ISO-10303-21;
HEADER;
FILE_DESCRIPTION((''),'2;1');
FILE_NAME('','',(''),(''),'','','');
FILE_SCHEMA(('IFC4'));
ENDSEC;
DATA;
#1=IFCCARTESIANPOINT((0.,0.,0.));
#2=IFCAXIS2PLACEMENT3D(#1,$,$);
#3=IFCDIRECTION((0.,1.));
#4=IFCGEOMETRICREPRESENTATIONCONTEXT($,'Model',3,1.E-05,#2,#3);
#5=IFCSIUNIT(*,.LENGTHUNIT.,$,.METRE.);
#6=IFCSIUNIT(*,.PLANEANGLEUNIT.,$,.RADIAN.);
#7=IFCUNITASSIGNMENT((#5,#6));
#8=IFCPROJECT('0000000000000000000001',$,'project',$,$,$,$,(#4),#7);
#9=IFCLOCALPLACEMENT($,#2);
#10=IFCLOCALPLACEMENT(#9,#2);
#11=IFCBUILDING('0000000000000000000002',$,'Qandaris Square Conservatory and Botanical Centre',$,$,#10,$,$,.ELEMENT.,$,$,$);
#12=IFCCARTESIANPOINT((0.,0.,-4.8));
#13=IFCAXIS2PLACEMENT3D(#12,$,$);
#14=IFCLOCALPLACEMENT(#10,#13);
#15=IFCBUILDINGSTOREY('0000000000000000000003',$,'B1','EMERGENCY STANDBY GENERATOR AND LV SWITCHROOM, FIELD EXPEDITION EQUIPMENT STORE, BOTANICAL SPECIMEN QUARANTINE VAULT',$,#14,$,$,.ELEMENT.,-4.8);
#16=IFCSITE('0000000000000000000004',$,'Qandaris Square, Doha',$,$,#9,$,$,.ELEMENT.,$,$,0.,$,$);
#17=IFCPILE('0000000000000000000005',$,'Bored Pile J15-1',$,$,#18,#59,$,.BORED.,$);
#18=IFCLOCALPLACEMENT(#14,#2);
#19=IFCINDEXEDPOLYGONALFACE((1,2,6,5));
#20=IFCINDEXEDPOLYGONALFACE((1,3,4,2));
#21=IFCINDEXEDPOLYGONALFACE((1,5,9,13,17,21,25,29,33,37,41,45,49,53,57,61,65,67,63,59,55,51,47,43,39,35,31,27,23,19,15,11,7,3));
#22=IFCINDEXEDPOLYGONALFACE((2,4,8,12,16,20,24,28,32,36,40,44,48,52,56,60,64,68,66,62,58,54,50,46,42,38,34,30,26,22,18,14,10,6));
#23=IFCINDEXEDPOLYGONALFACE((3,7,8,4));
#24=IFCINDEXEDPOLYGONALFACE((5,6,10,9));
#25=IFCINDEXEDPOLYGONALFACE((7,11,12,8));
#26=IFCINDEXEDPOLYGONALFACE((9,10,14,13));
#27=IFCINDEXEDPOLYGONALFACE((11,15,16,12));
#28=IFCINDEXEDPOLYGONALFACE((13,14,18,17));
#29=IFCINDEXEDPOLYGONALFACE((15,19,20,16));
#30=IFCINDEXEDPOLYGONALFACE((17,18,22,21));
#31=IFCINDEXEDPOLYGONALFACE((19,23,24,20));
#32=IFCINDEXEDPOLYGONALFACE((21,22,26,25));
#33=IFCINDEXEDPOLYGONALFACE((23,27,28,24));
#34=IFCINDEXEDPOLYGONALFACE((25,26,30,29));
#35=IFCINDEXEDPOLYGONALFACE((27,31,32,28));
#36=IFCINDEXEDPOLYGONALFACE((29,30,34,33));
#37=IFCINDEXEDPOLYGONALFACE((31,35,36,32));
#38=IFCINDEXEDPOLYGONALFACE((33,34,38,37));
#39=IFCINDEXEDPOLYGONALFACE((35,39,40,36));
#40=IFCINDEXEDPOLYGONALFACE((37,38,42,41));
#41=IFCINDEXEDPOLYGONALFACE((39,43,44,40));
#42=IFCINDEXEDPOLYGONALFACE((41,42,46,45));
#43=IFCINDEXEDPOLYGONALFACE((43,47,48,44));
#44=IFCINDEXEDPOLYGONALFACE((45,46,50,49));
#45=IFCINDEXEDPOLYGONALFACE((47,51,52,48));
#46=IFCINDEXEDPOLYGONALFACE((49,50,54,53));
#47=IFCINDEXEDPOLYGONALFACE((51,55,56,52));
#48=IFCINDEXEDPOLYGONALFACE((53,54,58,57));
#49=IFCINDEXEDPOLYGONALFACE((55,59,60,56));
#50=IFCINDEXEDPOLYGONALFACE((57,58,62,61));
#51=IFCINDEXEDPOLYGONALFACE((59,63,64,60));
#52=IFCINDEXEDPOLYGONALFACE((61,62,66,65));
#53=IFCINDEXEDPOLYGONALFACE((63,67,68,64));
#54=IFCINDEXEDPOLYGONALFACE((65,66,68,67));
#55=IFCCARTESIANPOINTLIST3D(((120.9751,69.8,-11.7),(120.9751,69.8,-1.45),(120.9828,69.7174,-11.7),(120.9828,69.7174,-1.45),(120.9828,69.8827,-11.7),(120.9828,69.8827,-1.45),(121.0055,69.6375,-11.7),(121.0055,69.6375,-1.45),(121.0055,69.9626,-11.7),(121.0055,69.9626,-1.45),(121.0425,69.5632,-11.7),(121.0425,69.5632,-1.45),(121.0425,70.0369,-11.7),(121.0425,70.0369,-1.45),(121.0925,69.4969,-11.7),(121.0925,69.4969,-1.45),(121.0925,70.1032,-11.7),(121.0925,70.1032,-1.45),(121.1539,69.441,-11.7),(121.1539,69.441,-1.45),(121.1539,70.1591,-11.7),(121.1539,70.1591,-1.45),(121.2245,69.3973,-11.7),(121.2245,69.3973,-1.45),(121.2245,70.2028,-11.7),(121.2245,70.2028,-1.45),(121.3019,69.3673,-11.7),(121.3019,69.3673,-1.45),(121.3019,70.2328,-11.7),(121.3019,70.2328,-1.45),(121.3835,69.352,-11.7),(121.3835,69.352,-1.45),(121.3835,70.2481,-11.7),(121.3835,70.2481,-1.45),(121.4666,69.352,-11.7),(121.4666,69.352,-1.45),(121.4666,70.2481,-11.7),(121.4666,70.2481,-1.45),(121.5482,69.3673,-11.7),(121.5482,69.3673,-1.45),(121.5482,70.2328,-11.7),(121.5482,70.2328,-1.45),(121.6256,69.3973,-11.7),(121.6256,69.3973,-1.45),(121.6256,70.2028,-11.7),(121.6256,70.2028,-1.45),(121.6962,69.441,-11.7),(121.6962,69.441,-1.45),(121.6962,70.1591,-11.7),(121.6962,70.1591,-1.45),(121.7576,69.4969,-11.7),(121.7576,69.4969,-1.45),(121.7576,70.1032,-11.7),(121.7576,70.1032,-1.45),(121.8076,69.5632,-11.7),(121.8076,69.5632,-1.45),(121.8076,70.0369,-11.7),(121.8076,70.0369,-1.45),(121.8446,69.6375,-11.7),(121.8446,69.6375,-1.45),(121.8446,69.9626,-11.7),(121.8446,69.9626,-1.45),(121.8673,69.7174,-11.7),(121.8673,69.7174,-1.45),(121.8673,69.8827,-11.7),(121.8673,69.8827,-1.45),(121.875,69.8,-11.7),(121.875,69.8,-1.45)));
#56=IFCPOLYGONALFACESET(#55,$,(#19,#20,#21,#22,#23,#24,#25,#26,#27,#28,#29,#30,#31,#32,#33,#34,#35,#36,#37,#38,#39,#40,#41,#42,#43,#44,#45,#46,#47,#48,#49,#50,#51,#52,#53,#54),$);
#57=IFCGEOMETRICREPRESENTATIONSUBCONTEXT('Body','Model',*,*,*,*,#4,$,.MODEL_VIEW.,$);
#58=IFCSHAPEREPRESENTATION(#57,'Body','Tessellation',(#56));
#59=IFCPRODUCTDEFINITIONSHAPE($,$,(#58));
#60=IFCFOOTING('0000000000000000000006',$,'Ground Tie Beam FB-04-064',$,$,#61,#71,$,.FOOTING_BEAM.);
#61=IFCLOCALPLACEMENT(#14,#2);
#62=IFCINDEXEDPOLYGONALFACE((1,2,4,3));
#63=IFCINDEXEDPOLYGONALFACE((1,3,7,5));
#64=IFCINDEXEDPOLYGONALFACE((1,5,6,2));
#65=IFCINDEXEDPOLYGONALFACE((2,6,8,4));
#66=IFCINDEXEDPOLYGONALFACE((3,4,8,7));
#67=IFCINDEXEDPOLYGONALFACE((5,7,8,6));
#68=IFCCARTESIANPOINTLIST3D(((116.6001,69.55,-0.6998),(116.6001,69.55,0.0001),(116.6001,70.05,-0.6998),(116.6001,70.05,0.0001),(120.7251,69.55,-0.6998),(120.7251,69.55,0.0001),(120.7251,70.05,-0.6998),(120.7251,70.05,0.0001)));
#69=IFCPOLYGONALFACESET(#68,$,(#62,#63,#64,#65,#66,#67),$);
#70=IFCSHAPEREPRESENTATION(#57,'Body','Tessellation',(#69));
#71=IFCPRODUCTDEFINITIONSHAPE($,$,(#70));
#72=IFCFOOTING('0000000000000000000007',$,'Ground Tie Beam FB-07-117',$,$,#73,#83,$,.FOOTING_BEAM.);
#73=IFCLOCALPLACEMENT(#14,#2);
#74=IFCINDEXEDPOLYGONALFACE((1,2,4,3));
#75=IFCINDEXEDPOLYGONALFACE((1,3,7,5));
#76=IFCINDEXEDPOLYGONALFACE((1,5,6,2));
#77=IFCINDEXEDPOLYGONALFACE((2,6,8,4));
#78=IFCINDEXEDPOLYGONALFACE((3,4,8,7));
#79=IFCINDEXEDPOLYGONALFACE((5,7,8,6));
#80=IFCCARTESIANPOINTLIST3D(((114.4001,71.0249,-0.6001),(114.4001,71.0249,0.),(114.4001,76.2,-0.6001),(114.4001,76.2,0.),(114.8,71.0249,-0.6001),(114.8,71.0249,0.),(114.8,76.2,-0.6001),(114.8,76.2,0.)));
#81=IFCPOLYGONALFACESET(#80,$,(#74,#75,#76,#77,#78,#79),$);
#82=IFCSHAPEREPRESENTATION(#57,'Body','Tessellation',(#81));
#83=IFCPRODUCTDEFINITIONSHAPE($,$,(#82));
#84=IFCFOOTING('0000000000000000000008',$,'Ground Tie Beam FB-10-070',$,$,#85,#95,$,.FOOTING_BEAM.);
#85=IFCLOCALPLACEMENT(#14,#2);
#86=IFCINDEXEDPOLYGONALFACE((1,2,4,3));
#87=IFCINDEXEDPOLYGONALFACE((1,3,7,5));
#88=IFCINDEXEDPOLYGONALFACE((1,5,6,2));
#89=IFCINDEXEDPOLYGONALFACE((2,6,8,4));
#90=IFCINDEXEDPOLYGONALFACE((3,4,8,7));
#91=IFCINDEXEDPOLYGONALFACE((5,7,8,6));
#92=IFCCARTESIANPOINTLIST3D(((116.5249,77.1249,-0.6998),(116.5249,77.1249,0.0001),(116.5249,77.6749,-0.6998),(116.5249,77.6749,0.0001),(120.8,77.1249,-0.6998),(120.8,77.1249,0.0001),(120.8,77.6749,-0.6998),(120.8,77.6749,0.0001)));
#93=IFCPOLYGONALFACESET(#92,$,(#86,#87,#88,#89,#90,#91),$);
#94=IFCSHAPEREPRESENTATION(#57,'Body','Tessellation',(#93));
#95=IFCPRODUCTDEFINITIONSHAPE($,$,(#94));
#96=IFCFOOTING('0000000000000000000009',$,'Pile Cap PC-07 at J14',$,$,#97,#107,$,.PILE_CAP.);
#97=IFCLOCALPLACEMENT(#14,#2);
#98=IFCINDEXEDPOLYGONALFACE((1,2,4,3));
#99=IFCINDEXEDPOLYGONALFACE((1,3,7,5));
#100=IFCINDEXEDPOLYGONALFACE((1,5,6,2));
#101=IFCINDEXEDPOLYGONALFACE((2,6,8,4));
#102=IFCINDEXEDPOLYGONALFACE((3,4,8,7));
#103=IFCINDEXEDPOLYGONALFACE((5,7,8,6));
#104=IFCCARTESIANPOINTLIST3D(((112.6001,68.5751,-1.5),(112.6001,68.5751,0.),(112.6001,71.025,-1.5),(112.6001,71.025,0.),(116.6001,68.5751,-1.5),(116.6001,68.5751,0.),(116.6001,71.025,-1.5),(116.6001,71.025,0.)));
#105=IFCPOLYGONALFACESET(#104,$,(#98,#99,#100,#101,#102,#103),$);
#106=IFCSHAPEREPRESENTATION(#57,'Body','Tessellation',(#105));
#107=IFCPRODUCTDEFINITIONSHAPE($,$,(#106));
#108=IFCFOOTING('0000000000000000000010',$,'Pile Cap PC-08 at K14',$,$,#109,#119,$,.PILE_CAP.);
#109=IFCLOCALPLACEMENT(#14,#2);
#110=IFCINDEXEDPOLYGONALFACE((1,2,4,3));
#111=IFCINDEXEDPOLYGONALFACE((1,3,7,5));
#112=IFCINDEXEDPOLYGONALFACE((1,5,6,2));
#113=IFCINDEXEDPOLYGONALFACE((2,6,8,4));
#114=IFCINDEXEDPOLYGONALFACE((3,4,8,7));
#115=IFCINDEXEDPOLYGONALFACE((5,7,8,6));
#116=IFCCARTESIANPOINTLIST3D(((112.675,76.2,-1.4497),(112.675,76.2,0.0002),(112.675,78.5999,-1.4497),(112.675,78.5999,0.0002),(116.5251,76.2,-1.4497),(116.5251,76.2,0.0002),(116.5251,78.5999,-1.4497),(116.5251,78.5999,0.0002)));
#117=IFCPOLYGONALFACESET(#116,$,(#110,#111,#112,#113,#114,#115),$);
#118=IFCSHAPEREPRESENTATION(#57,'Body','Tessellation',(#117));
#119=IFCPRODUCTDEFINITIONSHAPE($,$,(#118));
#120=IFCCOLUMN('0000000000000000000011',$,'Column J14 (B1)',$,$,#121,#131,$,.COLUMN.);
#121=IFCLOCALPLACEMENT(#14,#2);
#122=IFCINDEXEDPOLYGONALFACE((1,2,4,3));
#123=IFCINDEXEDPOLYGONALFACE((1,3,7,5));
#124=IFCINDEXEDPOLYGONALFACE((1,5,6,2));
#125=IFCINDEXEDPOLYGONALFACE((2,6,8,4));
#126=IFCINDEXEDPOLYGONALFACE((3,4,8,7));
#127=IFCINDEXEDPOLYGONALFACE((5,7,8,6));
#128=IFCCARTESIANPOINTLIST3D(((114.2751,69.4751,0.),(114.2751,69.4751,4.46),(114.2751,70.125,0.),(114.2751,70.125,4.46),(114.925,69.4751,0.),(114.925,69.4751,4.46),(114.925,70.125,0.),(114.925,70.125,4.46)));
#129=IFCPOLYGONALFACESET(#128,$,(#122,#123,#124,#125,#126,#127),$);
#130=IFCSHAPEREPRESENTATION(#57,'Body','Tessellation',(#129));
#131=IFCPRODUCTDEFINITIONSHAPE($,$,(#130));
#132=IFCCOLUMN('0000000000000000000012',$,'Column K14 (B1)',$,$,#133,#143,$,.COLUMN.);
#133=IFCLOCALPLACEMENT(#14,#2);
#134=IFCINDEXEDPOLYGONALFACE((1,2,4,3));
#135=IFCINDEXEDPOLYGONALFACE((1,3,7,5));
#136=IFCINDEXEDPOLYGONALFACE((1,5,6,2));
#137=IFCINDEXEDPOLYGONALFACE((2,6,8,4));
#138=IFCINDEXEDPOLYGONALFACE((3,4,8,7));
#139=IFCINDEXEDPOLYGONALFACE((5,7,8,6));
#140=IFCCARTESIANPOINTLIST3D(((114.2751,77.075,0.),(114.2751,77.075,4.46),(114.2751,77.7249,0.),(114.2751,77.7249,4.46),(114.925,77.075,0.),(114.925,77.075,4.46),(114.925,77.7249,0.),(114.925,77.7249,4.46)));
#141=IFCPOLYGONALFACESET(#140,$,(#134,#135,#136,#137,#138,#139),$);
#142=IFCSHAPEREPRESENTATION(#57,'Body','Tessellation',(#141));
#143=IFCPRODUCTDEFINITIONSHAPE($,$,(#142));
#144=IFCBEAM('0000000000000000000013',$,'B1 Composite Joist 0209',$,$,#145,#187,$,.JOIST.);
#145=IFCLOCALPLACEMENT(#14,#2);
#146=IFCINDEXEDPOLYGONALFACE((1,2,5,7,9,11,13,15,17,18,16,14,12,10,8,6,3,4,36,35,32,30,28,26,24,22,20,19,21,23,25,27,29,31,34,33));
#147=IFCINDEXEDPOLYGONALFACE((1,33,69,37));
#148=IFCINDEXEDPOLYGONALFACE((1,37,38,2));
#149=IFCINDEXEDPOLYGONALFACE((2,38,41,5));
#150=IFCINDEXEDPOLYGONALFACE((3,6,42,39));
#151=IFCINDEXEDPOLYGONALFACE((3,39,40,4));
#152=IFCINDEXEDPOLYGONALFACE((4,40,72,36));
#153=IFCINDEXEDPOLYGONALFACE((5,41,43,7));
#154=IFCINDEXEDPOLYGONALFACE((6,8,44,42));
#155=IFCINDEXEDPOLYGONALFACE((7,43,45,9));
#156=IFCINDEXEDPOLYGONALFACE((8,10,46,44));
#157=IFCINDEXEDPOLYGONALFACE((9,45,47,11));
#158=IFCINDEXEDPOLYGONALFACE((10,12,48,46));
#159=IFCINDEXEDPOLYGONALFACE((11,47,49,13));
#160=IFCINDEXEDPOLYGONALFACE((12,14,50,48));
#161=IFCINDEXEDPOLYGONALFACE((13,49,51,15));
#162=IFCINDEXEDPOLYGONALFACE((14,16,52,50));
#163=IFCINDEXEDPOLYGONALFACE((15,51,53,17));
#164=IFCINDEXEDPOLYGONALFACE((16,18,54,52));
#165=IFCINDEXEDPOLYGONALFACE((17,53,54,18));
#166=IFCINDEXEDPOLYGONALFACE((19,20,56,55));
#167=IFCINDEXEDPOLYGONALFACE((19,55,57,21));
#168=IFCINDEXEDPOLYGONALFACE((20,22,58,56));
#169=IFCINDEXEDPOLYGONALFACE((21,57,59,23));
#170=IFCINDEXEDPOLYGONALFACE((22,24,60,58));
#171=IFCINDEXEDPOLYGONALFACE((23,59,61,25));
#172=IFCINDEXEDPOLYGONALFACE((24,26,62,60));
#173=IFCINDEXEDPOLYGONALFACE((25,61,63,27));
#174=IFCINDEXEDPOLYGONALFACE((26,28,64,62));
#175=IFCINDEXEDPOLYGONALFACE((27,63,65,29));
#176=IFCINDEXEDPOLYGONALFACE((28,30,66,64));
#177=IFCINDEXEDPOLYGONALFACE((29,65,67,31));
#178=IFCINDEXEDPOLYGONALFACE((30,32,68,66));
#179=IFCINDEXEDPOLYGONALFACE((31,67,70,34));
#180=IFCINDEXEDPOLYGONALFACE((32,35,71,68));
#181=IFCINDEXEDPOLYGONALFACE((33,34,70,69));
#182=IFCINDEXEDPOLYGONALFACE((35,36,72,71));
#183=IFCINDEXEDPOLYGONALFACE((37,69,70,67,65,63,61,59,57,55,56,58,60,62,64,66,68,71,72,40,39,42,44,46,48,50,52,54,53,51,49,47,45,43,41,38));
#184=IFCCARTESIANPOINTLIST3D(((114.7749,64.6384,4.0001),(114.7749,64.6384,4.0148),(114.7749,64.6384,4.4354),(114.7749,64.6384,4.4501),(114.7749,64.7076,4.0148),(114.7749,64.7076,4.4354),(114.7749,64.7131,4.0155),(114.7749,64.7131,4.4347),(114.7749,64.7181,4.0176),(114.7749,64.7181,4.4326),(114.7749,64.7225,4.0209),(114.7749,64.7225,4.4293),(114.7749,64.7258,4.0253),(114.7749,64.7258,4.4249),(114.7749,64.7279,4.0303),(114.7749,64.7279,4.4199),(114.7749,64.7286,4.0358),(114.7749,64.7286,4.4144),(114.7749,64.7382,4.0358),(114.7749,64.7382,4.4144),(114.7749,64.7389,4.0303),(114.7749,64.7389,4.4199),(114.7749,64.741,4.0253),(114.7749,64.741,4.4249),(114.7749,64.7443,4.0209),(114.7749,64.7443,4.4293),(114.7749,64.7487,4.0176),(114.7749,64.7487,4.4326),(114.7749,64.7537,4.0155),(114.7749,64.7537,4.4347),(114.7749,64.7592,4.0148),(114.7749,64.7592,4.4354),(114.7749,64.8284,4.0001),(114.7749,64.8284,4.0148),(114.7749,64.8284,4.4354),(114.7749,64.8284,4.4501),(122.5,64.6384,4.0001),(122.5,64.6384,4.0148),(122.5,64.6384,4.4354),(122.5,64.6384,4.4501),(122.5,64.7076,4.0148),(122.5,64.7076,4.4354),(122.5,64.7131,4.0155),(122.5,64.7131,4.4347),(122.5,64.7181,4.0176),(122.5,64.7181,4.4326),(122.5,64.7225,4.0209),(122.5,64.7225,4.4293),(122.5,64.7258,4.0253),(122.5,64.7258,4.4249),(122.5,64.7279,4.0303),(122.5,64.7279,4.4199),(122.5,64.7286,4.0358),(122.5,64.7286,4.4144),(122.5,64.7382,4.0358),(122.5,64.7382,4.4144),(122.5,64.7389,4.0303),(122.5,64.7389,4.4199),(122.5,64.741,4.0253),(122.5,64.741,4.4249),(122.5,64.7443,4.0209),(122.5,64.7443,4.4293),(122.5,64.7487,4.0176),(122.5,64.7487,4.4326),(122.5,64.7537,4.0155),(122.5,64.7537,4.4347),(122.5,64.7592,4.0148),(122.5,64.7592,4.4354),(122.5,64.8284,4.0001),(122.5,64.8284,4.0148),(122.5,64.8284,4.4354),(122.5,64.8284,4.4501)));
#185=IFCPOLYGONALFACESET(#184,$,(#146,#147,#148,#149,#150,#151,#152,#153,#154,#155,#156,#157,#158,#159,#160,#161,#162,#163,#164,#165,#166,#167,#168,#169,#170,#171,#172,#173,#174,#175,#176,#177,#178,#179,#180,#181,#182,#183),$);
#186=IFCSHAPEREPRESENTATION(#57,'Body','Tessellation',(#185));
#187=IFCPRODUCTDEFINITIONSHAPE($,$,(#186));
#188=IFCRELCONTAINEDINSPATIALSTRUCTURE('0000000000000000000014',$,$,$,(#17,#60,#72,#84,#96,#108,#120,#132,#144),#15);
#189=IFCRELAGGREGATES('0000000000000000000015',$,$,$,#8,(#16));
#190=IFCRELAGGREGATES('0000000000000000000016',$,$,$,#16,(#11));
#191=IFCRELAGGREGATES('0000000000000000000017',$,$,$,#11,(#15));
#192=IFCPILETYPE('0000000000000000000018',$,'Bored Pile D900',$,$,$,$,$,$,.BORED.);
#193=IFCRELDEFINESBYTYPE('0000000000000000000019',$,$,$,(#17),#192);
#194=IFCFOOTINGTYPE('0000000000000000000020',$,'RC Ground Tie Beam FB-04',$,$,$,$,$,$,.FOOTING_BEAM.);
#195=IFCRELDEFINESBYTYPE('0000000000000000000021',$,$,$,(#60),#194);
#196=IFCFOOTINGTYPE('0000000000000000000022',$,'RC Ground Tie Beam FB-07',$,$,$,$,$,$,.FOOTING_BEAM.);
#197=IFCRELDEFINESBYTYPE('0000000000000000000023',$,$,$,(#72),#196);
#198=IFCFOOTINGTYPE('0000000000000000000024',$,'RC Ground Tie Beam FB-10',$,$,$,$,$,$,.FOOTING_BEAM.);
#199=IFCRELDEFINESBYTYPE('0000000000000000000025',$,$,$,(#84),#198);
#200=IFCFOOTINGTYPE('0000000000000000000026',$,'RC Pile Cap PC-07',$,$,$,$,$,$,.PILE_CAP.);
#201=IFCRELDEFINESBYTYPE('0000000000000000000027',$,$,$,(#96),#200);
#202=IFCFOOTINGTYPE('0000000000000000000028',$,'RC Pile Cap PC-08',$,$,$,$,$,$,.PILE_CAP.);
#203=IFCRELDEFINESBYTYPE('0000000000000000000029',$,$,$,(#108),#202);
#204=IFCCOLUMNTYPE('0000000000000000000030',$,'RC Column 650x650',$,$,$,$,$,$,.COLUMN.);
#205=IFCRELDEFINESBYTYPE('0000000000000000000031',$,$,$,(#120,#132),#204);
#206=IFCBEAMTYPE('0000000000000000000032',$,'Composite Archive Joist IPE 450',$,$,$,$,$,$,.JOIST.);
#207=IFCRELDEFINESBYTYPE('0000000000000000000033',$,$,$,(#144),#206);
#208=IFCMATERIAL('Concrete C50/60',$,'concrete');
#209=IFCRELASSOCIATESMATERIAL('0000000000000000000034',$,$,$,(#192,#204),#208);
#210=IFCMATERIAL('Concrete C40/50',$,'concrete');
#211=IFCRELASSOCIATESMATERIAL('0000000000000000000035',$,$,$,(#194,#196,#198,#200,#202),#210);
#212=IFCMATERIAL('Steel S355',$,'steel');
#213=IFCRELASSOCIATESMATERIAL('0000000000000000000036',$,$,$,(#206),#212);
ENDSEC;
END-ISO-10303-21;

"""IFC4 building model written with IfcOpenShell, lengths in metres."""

from ifc_helpers import new_model, si_unit, direction, frame, origin, origin_2d, place, context, subcontext, project, spatial, rectangle, circle, i_section, extrude, material, material_profile, profile_set, type_object, element, save


model = new_model("IFC4")

# Units and contexts
model_context = context("Model", 3, precision=1e-05, world=origin(), true_north=direction((0.0, 1.0)))
body_context = subcontext(model_context, "Body", "Model", "MODEL_VIEW")
ifc_project = project(units=[si_unit("LENGTHUNIT", "METRE"), si_unit("PLANEANGLEUNIT", "RADIAN")], contexts=[model_context])

# Site, building, storey
site_placement = place(None, origin())
site = spatial("IfcSite", under=ifc_project, at=site_placement, Name="Qandaris Square, Doha", CompositionType="ELEMENT", RefElevation=0.0)
building_placement = place(site_placement, origin())
building = spatial("IfcBuilding", under=site, at=building_placement, Name="Qandaris Square Conservatory and Botanical Centre", CompositionType="ELEMENT")
storey_placement = place(building_placement, frame((0.0, 0.0, -4.8)))
storey = spatial("IfcBuildingStorey", under=building, at=storey_placement, Name="B1", Description="EMERGENCY STANDBY GENERATOR AND LV SWITCHROOM, FIELD EXPEDITION EQUIPMENT STORE, BOTANICAL SPECIMEN QUARANTINE VAULT", CompositionType="ELEMENT", Elevation=-4.8)

# Pile
ifc_material_1 = material(Name="Concrete C50/60", Category="concrete")
ifc_material_profile_1 = material_profile(ifc_material_1, circle(Radius=0.45, at=origin_2d()), Name="PILE D900")
ifc_profile_set_1 = profile_set([ifc_material_profile_1], Name="Concrete C50/60")
pile_type = type_object("IfcPileType", Name="Bored Pile D900", PredefinedType="BORED", material=ifc_profile_set_1)
pile_placement = place(storey_placement, frame((121.425, 69.8, -1.45), z_axis=(0.0, 0.0, -1.0), x_axis=(1.0, 0.0, 0.0)))
element("IfcPile", 1, at=pile_placement, inside=storey, type_object=pile_type, Name="Bored Pile J15-1", PredefinedType="BORED", context=body_context, shape_type="SweptSolid", body=[
    extrude(circle(Radius=0.45, at=origin_2d()), origin(), (0.0, 0.0, 1.0), 10.25),
])

# Footings
ifc_material_2 = material(Name="Concrete C40/50", Category="concrete")
ifc_material_profile_2 = material_profile(ifc_material_2, rectangle(XDim=0.5, YDim=0.7, at=origin_2d()), Name="FB 500x700")
ifc_profile_set_2 = profile_set([ifc_material_profile_2], Name="Concrete C40/50")
footing_type_1 = type_object("IfcFootingType", Name="RC Ground Tie Beam FB-04", PredefinedType="FOOTING_BEAM", material=ifc_profile_set_2)
footing_1_placement = place(storey_placement, frame((116.6001, 69.8, -0.3499), z_axis=(1.0, 0.0, 0.0), x_axis=(0.0, 1.0, 0.0)))
element("IfcFooting", 2, at=footing_1_placement, inside=storey, type_object=footing_type_1, Name="Ground Tie Beam FB-04-064", PredefinedType="FOOTING_BEAM", context=body_context, shape_type="SweptSolid", body=[
    extrude(rectangle(XDim=0.5, YDim=0.7, at=origin_2d()), origin(), (0.0, 0.0, 1.0), 4.125),
])
ifc_material_profile_3 = material_profile(ifc_material_2, rectangle(XDim=0.3999, YDim=0.6001, at=origin_2d()), Name="FB 400x600")
ifc_profile_set_3 = profile_set([ifc_material_profile_3], Name="Concrete C40/50")
footing_type_2 = type_object("IfcFootingType", Name="RC Ground Tie Beam FB-07", PredefinedType="FOOTING_BEAM", material=ifc_profile_set_3)
footing_2_placement = place(storey_placement, frame((114.6001, 71.0249, -0.3), z_axis=(0.0, 1.0, 0.0), x_axis=(-1.0, 0.0, 0.0)))
element("IfcFooting", 3, at=footing_2_placement, inside=storey, type_object=footing_type_2, Name="Ground Tie Beam FB-07-117", PredefinedType="FOOTING_BEAM", context=body_context, shape_type="SweptSolid", body=[
    extrude(rectangle(XDim=0.3999, YDim=0.6001, at=origin_2d()), origin(), (0.0, 0.0, 1.0), 5.175),
])
ifc_material_profile_4 = material_profile(ifc_material_2, rectangle(XDim=0.55, YDim=0.7, at=origin_2d()), Name="FB 550x700")
ifc_profile_set_4 = profile_set([ifc_material_profile_4], Name="Concrete C40/50")
footing_type_3 = type_object("IfcFootingType", Name="RC Ground Tie Beam FB-10", PredefinedType="FOOTING_BEAM", material=ifc_profile_set_4)
footing_3_placement = place(storey_placement, frame((116.5249, 77.3999, -0.3499), z_axis=(1.0, 0.0, 0.0), x_axis=(0.0, 1.0, 0.0)))
element("IfcFooting", 4, at=footing_3_placement, inside=storey, type_object=footing_type_3, Name="Ground Tie Beam FB-10-070", PredefinedType="FOOTING_BEAM", context=body_context, shape_type="SweptSolid", body=[
    extrude(rectangle(XDim=0.55, YDim=0.7, at=origin_2d()), origin(), (0.0, 0.0, 1.0), 4.2751),
])
footing_type_4 = type_object("IfcFootingType", Name="RC Pile Cap PC-07", PredefinedType="PILE_CAP", material=ifc_material_2)
footing_4_placement = place(storey_placement, frame((114.6001, 69.8, -1.5), z_axis=(0.0, 0.0, 1.0), x_axis=(1.0, 0.0, 0.0)))
element("IfcFooting", 5, at=footing_4_placement, inside=storey, type_object=footing_type_4, Name="Pile Cap PC-07 at J14", PredefinedType="PILE_CAP", context=body_context, shape_type="SweptSolid", body=[
    extrude(rectangle(XDim=4.0, YDim=2.45, at=origin_2d()), origin(), (0.0, 0.0, 1.0), 1.5),
])
footing_type_5 = type_object("IfcFootingType", Name="RC Pile Cap PC-08", PredefinedType="PILE_CAP", material=ifc_material_2)
footing_5_placement = place(storey_placement, frame((114.6001, 77.3999, -1.4497), z_axis=(0.0, 0.0, 1.0), x_axis=(1.0, 0.0, 0.0)))
element("IfcFooting", 6, at=footing_5_placement, inside=storey, type_object=footing_type_5, Name="Pile Cap PC-08 at K14", PredefinedType="PILE_CAP", context=body_context, shape_type="SweptSolid", body=[
    extrude(rectangle(XDim=3.8501, YDim=2.3999, at=origin_2d()), origin(), (0.0, 0.0, 1.0), 1.45),
])

# Columns
ifc_material_profile_5 = material_profile(ifc_material_1, rectangle(XDim=0.6499, YDim=0.6499, at=origin_2d()), Name="RC-COL 650x650")
ifc_profile_set_5 = profile_set([ifc_material_profile_5], Name="Concrete C50/60")
column_type = type_object("IfcColumnType", Name="RC Column 650x650", PredefinedType="COLUMN", material=ifc_profile_set_5)
for number, where, z_axis, x_axis, name in (
    (7, (114.6001, 69.8, 0.0), (0.0, 0.0, 1.0), (1.0, 0.0, 0.0), "Column J14 (B1)"),
    (8, (114.6001, 77.3999, 0.0), (0.0, 0.0, 1.0), (1.0, 0.0, 0.0), "Column K14 (B1)"),
):
    element("IfcColumn", number, at=place(storey_placement, frame(where, z_axis=z_axis, x_axis=x_axis)), inside=storey, type_object=column_type, Name=name, PredefinedType="COLUMN", context=body_context, shape_type="SweptSolid", body=[
        extrude(rectangle(XDim=0.6499, YDim=0.6499, at=origin_2d()), origin(), (0.0, 0.0, 1.0), 4.46),
    ])

# Beam
ifc_material_3 = material(Name="Steel S355", Category="steel")
ifc_material_profile_6 = material_profile(ifc_material_3, i_section(OverallWidth=0.1899, OverallDepth=0.45, WebThickness=0.0095, FlangeThickness=0.0146, FilletRadius=0.021, at=origin_2d()), Name="IPE 450")
ifc_profile_set_6 = profile_set([ifc_material_profile_6], Name="Steel S355")
beam_type_1 = type_object("IfcBeamType", Name="Composite Archive Joist IPE 450", PredefinedType="JOIST", material=ifc_profile_set_6)
beam_1_placement = place(storey_placement, frame((114.7749, 64.7334, 4.2251), z_axis=(1.0, 0.0, 0.0), x_axis=(0.0, 1.0, 0.0)))
element("IfcBeam", 9, at=beam_1_placement, inside=storey, type_object=beam_type_1, Name="B1 Composite Joist 0209", PredefinedType="JOIST", context=body_context, shape_type="SweptSolid", body=[
    extrude(i_section(OverallWidth=0.1899, OverallDepth=0.45, WebThickness=0.0095, FlangeThickness=0.0146, FilletRadius=0.021, at=origin_2d()), origin(), (0.0, 0.0, 1.0), 7.7251),
])

save(model, "model.ifc")
